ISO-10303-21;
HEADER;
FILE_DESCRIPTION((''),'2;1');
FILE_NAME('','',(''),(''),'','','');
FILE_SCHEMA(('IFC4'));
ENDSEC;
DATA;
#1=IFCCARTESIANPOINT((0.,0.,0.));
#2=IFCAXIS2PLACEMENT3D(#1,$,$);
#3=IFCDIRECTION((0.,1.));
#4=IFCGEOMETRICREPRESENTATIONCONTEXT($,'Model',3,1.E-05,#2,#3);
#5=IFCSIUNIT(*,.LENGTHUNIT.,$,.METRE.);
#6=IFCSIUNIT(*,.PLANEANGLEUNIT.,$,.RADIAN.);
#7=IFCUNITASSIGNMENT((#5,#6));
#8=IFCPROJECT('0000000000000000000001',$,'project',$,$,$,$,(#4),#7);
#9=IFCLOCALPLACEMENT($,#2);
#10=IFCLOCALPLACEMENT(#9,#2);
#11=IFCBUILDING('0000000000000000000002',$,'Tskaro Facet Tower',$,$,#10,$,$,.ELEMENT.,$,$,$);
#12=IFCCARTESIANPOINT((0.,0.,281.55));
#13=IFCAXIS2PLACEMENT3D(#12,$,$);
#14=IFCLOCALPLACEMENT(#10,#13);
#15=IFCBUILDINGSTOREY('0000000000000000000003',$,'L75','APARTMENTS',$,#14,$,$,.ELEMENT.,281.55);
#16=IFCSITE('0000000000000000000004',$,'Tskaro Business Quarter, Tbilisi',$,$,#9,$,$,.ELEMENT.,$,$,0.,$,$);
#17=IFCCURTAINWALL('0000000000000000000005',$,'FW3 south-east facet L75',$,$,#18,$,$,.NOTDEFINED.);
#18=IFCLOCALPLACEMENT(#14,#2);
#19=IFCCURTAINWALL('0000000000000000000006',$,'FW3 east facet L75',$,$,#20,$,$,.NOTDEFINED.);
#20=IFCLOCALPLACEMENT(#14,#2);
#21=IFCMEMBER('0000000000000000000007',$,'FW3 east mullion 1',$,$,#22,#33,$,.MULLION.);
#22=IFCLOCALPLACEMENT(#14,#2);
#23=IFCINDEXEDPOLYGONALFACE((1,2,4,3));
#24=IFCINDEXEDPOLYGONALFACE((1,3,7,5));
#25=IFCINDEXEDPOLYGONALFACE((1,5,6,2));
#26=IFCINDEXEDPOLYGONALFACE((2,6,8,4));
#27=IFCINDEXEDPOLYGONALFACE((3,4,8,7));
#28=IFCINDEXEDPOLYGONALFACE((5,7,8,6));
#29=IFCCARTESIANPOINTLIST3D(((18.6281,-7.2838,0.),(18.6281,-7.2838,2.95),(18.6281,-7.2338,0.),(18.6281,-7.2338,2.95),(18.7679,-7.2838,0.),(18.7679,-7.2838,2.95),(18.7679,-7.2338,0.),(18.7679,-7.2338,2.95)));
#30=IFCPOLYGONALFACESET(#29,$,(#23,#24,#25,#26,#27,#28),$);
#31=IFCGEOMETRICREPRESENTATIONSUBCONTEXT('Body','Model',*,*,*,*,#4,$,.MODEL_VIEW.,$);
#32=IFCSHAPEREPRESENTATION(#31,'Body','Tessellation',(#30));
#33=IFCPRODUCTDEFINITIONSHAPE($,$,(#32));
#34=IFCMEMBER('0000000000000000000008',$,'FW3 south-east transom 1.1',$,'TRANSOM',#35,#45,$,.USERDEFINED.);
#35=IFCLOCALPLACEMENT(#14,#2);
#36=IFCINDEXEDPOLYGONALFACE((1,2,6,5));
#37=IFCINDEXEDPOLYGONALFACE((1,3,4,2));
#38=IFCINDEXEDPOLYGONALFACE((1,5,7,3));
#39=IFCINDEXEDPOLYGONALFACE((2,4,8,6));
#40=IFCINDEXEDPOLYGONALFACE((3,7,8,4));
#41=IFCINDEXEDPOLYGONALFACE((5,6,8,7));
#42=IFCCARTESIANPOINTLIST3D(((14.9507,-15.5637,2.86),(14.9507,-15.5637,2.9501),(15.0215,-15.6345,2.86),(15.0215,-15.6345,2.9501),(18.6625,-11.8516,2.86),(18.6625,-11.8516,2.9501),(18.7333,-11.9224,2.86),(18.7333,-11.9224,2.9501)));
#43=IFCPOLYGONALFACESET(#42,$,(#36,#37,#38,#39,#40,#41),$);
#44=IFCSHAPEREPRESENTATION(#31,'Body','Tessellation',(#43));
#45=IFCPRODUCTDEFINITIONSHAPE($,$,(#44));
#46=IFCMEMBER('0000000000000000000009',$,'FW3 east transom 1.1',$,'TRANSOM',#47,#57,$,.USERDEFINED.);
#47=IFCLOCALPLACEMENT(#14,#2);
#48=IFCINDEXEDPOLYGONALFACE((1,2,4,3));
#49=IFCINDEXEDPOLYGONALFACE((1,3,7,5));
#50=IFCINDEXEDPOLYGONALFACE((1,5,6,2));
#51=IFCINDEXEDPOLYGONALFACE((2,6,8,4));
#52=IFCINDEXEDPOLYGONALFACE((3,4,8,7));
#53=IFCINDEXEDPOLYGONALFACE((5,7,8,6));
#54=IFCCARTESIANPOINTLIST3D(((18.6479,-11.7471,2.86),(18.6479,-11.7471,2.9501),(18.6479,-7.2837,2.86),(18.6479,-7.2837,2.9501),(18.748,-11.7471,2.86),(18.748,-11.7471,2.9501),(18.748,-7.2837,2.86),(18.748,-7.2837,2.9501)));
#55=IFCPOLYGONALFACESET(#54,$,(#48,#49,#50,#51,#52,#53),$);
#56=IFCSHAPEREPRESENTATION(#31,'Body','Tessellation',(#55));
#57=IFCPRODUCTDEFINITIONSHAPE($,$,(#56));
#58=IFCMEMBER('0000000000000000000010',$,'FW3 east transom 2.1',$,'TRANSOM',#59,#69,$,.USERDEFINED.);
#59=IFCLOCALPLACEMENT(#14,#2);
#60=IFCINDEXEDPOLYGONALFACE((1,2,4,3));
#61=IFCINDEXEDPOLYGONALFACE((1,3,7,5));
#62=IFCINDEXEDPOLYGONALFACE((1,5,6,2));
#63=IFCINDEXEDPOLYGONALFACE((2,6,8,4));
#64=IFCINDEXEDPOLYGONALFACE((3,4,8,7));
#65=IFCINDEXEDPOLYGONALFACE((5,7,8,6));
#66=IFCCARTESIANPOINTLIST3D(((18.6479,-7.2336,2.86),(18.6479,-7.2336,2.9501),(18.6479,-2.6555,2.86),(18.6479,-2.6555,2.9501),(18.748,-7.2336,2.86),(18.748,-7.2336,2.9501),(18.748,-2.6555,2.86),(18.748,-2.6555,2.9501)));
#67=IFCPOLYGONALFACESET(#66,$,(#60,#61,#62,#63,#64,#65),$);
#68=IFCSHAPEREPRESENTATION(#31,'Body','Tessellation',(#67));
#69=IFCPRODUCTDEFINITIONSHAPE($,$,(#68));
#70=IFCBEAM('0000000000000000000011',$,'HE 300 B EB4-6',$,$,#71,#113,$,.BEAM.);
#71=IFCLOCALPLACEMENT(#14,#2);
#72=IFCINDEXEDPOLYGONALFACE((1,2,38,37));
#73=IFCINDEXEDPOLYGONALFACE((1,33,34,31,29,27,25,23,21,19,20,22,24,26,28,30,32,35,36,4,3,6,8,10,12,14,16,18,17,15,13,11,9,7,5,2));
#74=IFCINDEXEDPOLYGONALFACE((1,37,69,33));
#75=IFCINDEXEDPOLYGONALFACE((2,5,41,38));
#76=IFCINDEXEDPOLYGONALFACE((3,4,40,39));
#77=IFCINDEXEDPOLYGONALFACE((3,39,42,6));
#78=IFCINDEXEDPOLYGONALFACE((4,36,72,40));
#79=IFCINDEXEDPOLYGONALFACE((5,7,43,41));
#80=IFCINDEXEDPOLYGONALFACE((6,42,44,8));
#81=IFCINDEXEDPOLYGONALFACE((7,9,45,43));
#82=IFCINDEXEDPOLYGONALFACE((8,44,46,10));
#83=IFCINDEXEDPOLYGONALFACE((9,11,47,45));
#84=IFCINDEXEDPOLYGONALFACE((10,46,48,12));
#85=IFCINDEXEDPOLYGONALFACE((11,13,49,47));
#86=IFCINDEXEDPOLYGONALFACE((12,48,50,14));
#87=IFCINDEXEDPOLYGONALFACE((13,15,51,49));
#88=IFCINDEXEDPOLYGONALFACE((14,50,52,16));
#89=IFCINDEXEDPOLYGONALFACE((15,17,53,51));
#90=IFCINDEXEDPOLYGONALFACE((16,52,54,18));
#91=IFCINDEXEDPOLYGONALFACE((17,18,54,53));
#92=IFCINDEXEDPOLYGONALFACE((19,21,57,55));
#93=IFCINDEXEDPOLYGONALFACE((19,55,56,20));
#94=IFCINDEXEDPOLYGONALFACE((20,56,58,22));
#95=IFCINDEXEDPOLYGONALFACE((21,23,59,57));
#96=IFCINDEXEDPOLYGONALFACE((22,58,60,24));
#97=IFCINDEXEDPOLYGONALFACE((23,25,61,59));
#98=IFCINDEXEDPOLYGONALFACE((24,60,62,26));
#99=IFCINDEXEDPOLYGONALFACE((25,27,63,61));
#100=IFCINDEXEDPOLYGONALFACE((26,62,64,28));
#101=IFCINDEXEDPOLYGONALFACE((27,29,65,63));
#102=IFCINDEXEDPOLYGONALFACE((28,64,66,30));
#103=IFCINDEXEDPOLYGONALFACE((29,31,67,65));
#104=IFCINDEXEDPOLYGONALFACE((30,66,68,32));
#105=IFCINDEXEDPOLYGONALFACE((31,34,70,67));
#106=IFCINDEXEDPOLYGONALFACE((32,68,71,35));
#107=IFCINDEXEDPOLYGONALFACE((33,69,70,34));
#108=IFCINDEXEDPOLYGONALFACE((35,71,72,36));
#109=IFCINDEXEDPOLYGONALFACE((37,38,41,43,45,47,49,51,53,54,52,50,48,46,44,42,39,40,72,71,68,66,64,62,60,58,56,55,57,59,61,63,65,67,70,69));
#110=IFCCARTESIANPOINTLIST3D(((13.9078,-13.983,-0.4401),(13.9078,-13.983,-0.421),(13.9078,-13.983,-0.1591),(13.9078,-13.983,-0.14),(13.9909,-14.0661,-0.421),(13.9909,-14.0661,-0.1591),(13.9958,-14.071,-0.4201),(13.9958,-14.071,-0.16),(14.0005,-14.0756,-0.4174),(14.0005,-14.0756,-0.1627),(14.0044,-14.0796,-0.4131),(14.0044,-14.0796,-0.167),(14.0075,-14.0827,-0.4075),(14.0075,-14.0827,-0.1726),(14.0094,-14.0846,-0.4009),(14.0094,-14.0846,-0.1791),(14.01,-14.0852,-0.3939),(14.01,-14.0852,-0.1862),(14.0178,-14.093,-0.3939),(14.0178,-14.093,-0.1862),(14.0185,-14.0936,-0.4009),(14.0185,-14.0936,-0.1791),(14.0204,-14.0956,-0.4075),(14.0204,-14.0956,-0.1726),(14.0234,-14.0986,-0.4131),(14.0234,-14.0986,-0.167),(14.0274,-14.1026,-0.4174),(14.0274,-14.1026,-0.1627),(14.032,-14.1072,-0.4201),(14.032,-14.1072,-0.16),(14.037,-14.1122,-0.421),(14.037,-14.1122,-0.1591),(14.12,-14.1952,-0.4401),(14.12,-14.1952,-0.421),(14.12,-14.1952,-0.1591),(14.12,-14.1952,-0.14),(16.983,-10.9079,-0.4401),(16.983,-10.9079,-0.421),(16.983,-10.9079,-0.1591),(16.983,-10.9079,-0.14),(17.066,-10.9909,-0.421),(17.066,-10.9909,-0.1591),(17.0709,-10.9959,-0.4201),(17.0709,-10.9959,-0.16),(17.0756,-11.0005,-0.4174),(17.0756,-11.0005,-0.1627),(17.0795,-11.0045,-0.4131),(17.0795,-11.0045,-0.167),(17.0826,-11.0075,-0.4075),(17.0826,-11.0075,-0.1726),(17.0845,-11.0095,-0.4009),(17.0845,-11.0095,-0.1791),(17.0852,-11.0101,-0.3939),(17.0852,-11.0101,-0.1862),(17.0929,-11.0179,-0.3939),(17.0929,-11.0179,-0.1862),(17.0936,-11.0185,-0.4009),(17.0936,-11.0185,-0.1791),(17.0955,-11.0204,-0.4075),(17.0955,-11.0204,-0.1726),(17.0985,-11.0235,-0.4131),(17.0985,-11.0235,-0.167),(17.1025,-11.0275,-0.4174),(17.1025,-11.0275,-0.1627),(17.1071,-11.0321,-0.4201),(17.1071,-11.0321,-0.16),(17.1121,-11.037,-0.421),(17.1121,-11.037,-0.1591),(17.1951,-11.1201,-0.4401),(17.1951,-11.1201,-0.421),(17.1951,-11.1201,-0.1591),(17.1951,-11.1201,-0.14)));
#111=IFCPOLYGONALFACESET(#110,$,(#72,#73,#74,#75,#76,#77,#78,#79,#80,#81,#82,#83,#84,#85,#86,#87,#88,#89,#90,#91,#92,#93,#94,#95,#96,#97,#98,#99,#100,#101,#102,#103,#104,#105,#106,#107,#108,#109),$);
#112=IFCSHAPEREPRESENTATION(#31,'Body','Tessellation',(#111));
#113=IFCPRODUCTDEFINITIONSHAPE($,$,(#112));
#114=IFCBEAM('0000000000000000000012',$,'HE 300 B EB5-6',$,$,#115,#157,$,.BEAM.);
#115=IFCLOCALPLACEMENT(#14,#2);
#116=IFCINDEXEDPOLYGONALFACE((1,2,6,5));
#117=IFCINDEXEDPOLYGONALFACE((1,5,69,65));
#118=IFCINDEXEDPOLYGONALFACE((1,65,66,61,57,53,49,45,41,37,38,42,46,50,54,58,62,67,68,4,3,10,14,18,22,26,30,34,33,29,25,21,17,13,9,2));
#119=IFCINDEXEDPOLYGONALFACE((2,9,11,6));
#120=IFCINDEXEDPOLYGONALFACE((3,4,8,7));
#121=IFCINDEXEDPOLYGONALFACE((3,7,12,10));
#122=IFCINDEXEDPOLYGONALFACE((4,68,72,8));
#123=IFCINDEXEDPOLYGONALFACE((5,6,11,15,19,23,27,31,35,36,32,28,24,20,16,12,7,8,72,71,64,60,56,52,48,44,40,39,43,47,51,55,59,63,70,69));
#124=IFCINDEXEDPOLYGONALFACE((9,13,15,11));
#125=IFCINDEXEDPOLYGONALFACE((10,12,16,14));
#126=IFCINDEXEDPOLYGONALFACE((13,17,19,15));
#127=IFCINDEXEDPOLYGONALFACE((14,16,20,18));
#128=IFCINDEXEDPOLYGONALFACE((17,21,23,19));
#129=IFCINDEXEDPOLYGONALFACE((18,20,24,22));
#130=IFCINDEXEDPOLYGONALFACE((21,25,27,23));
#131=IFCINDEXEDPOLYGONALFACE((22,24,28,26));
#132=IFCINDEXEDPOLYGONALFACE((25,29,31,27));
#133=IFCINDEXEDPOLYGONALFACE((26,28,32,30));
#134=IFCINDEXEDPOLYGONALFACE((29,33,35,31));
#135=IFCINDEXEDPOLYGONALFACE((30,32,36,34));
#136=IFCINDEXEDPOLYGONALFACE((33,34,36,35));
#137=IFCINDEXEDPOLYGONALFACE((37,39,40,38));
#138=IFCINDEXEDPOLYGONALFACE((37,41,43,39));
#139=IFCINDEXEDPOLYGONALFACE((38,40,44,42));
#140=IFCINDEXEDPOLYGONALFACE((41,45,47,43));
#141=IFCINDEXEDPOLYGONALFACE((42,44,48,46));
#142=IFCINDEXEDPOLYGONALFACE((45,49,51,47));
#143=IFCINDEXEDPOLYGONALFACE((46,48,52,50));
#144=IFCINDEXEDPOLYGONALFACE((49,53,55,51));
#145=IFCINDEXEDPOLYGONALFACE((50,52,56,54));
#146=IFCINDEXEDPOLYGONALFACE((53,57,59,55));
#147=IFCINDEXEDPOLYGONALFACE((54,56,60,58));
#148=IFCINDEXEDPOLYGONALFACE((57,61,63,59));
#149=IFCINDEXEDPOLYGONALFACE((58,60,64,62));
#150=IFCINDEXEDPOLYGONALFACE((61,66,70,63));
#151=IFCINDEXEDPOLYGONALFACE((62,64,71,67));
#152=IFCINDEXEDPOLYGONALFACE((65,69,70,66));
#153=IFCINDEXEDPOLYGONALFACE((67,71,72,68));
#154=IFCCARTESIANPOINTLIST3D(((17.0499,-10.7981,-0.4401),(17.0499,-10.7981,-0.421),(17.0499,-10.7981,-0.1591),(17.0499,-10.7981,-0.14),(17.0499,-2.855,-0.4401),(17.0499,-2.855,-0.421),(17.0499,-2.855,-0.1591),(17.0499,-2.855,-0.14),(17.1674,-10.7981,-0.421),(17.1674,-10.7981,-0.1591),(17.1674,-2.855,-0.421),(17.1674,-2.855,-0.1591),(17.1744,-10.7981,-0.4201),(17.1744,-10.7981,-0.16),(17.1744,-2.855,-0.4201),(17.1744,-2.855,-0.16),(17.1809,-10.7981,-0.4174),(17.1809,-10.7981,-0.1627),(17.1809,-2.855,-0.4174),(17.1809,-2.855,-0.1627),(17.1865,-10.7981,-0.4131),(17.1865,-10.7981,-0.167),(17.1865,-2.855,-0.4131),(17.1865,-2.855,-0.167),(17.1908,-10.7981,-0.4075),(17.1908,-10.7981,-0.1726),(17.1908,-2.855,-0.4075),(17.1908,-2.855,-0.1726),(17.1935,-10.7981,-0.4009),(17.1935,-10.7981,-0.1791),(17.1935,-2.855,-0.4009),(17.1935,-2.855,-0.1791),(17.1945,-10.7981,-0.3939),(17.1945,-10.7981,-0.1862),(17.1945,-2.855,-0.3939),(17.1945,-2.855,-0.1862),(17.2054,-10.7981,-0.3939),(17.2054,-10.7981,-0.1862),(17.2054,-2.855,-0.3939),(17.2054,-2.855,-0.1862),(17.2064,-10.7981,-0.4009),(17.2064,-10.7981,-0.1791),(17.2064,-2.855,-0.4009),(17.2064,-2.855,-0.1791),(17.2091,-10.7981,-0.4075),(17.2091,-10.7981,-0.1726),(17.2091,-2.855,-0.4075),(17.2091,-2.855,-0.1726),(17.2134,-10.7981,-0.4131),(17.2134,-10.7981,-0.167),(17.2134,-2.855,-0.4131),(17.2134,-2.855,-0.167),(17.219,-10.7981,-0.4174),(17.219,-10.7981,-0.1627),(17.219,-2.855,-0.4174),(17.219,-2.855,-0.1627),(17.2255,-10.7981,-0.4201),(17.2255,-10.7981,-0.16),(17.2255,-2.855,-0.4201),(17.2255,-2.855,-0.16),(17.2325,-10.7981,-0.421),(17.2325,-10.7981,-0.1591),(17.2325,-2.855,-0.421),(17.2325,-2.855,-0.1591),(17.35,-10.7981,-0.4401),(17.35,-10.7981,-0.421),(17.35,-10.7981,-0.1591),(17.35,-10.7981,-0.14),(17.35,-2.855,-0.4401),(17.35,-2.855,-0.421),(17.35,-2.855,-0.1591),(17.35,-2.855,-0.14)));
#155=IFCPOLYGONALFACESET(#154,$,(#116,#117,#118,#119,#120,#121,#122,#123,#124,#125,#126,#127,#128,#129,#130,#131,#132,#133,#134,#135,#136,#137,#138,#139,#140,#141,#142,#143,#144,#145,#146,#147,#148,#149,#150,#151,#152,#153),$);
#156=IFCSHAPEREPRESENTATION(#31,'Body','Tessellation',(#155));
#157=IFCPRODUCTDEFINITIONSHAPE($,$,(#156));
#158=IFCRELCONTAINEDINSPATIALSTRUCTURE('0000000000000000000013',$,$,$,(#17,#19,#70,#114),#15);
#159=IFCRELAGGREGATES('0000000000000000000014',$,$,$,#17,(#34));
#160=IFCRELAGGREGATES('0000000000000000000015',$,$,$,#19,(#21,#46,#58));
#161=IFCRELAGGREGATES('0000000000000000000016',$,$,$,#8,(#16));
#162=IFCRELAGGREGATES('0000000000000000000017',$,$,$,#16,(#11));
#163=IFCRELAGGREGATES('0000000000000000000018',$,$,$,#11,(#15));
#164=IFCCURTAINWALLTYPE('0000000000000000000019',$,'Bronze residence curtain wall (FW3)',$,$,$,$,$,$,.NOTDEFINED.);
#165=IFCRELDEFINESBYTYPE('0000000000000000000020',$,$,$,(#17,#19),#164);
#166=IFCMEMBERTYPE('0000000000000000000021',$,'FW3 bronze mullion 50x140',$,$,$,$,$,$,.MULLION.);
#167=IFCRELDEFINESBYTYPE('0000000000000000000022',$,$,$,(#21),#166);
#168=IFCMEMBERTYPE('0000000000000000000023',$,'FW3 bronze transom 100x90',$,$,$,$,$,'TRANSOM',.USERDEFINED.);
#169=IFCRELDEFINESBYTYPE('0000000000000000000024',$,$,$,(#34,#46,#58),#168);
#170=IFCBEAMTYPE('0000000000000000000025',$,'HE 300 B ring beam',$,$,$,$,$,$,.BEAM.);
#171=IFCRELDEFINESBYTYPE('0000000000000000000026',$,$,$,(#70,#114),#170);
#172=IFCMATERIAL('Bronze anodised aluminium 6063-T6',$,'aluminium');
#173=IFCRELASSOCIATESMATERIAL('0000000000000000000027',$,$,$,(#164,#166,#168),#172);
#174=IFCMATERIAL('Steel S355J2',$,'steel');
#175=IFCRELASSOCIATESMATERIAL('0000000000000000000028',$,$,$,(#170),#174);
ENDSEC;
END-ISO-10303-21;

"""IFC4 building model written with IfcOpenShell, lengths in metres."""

from ifc_helpers import new_model, si_unit, direction, frame, origin, origin_2d, place, context, subcontext, project, spatial, rectangle, i_section, extrude, material, material_profile, profile_set, type_object, element, aggregate, save


model = new_model("IFC4")

# Units and contexts
model_context = context("Model", 3, precision=1e-05, world=origin(), true_north=direction((0.0, 1.0)))
body_context = subcontext(model_context, "Body", "Model", "MODEL_VIEW")
ifc_project = project(units=[si_unit("LENGTHUNIT", "METRE"), si_unit("PLANEANGLEUNIT", "RADIAN")], contexts=[model_context])

# Site, building, storey
site_placement = place(None, origin())
site = spatial("IfcSite", under=ifc_project, at=site_placement, Name="Tskaro Business Quarter, Tbilisi", CompositionType="ELEMENT", RefElevation=0.0)
building_placement = place(site_placement, origin())
building = spatial("IfcBuilding", under=site, at=building_placement, Name="Tskaro Facet Tower", CompositionType="ELEMENT")
storey_placement = place(building_placement, frame((0.0, 0.0, 281.55)))
storey = spatial("IfcBuildingStorey", under=building, at=storey_placement, Name="L75", Description="APARTMENTS", CompositionType="ELEMENT", Elevation=281.55)

# Shared definitions
ifc_material_1 = material(Name="Steel S355J2", Category="steel")

# Curtain wall
ifc_material_2 = material(Name="Bronze anodised aluminium 6063-T6", Category="aluminium")
curtain_wall_type = type_object("IfcCurtainWallType", Name="Bronze residence curtain wall (FW3)", PredefinedType="NOTDEFINED", material=ifc_material_2)
curtain_wall_1_placement = place(storey_placement, origin())
curtain_wall_1 = element("IfcCurtainWall", 1, at=curtain_wall_1_placement, inside=storey, type_object=curtain_wall_type, Name="FW3 south-east facet L75", PredefinedType="NOTDEFINED")

# Curtain wall, member
curtain_wall_2_placement = place(storey_placement, origin())
curtain_wall_2 = element("IfcCurtainWall", 2, at=curtain_wall_2_placement, inside=storey, type_object=curtain_wall_type, Name="FW3 east facet L75", PredefinedType="NOTDEFINED")
ifc_material_profile_1 = material_profile(ifc_material_2, rectangle(XDim=0.05, YDim=0.1399, at=origin_2d()), Name="Mullion 50x140")
ifc_profile_set_1 = profile_set([ifc_material_profile_1], Name="Bronze anodised aluminium 6063-T6")
member_type_1 = type_object("IfcMemberType", Name="FW3 bronze mullion 50x140", PredefinedType="MULLION", material=ifc_profile_set_1)
member_1_placement = place(storey_placement, frame((18.698, -7.2588, 0.0), z_axis=(0.0, 0.0, 1.0), x_axis=(0.0, 1.0, 0.0)))
member_1 = element("IfcMember", 3, at=member_1_placement, type_object=member_type_1, Name="FW3 east mullion 1", PredefinedType="MULLION", context=body_context, shape_type="SweptSolid", body=[
    extrude(rectangle(XDim=0.05, YDim=0.1399, at=origin_2d()), origin(), (0.0, 0.0, 1.0), 2.95),
])

# Members
ifc_material_profile_2 = material_profile(ifc_material_2, rectangle(XDim=0.1001, YDim=0.0901, at=origin_2d()), Name="Transom 100x90")
ifc_profile_set_2 = profile_set([ifc_material_profile_2], Name="Bronze anodised aluminium 6063-T6")
member_type_2 = type_object("IfcMemberType", Name="FW3 bronze transom 100x90", ElementType="TRANSOM", PredefinedType="USERDEFINED", material=ifc_profile_set_2)
member_2_placement = place(storey_placement, frame((14.9861, -15.5991, 2.905), z_axis=(0.707084, 0.70713, 0.0), x_axis=(-0.70713, 0.707084, 0.0)))
member_2 = element("IfcMember", 4, at=member_2_placement, type_object=member_type_2, Name="FW3 south-east transom 1.1", ObjectType="TRANSOM", PredefinedType="USERDEFINED", context=body_context, shape_type="SweptSolid", body=[
    extrude(rectangle(XDim=0.1001, YDim=0.0901, at=origin_2d()), origin(), (0.0, 0.0, 1.0), 5.2495),
])
member_3_placement = place(storey_placement, frame((18.698, -11.7471, 2.905), z_axis=(0.0, 1.0, 0.0), x_axis=(-1.0, 0.0, 0.0)))
member_3 = element("IfcMember", 5, at=member_3_placement, type_object=member_type_2, Name="FW3 east transom 1.1", ObjectType="TRANSOM", PredefinedType="USERDEFINED", context=body_context, shape_type="SweptSolid", body=[
    extrude(rectangle(XDim=0.1001, YDim=0.0901, at=origin_2d()), origin(), (0.0, 0.0, 1.0), 4.4634),
])
member_4_placement = place(storey_placement, frame((18.698, -7.2336, 2.905), z_axis=(0.0, 1.0, 0.0), x_axis=(-1.0, 0.0, 0.0)))
member_4 = element("IfcMember", 6, at=member_4_placement, type_object=member_type_2, Name="FW3 east transom 2.1", ObjectType="TRANSOM", PredefinedType="USERDEFINED", context=body_context, shape_type="SweptSolid", body=[
    extrude(rectangle(XDim=0.1001, YDim=0.0901, at=origin_2d()), origin(), (0.0, 0.0, 1.0), 4.5781),
])

# Beams
ifc_material_profile_3 = material_profile(ifc_material_1, i_section(OverallWidth=0.3, OverallDepth=0.3, WebThickness=0.011, FlangeThickness=0.019, FilletRadius=0.0271, at=origin_2d()), Name="HE 300 B")
ifc_profile_set_3 = profile_set([ifc_material_profile_3], Name="Steel S355J2")
beam_type_1 = type_object("IfcBeamType", Name="HE 300 B ring beam", PredefinedType="BEAM", material=ifc_profile_set_3)
beam_1_placement = place(storey_placement, frame((14.0139, -14.0891, -0.29), z_axis=(0.707107, 0.707107, 0.0), x_axis=(-0.707107, 0.707107, 0.0)))
element("IfcBeam", 7, at=beam_1_placement, inside=storey, type_object=beam_type_1, Name="HE 300 B EB4-6", PredefinedType="BEAM", context=body_context, shape_type="SweptSolid", body=[
    extrude(i_section(OverallWidth=0.3, OverallDepth=0.3, WebThickness=0.011, FlangeThickness=0.019, FilletRadius=0.0271, at=origin_2d()), origin(), (0.0, 0.0, 1.0), 4.3489),
])
beam_2_placement = place(storey_placement, frame((17.2, -10.7981, -0.29), z_axis=(0.0, 1.0, 0.0), x_axis=(-1.0, 0.0, 0.0)))
element("IfcBeam", 8, at=beam_2_placement, inside=storey, type_object=beam_type_1, Name="HE 300 B EB5-6", PredefinedType="BEAM", context=body_context, shape_type="SweptSolid", body=[
    extrude(i_section(OverallWidth=0.3, OverallDepth=0.3, WebThickness=0.011, FlangeThickness=0.019, FilletRadius=0.0271, at=origin_2d()), origin(), (0.0, 0.0, 1.0), 7.9431),
])

aggregate(curtain_wall_1, [member_2])
aggregate(curtain_wall_2, [member_1, member_3, member_4])

save(model, "model.ifc")
